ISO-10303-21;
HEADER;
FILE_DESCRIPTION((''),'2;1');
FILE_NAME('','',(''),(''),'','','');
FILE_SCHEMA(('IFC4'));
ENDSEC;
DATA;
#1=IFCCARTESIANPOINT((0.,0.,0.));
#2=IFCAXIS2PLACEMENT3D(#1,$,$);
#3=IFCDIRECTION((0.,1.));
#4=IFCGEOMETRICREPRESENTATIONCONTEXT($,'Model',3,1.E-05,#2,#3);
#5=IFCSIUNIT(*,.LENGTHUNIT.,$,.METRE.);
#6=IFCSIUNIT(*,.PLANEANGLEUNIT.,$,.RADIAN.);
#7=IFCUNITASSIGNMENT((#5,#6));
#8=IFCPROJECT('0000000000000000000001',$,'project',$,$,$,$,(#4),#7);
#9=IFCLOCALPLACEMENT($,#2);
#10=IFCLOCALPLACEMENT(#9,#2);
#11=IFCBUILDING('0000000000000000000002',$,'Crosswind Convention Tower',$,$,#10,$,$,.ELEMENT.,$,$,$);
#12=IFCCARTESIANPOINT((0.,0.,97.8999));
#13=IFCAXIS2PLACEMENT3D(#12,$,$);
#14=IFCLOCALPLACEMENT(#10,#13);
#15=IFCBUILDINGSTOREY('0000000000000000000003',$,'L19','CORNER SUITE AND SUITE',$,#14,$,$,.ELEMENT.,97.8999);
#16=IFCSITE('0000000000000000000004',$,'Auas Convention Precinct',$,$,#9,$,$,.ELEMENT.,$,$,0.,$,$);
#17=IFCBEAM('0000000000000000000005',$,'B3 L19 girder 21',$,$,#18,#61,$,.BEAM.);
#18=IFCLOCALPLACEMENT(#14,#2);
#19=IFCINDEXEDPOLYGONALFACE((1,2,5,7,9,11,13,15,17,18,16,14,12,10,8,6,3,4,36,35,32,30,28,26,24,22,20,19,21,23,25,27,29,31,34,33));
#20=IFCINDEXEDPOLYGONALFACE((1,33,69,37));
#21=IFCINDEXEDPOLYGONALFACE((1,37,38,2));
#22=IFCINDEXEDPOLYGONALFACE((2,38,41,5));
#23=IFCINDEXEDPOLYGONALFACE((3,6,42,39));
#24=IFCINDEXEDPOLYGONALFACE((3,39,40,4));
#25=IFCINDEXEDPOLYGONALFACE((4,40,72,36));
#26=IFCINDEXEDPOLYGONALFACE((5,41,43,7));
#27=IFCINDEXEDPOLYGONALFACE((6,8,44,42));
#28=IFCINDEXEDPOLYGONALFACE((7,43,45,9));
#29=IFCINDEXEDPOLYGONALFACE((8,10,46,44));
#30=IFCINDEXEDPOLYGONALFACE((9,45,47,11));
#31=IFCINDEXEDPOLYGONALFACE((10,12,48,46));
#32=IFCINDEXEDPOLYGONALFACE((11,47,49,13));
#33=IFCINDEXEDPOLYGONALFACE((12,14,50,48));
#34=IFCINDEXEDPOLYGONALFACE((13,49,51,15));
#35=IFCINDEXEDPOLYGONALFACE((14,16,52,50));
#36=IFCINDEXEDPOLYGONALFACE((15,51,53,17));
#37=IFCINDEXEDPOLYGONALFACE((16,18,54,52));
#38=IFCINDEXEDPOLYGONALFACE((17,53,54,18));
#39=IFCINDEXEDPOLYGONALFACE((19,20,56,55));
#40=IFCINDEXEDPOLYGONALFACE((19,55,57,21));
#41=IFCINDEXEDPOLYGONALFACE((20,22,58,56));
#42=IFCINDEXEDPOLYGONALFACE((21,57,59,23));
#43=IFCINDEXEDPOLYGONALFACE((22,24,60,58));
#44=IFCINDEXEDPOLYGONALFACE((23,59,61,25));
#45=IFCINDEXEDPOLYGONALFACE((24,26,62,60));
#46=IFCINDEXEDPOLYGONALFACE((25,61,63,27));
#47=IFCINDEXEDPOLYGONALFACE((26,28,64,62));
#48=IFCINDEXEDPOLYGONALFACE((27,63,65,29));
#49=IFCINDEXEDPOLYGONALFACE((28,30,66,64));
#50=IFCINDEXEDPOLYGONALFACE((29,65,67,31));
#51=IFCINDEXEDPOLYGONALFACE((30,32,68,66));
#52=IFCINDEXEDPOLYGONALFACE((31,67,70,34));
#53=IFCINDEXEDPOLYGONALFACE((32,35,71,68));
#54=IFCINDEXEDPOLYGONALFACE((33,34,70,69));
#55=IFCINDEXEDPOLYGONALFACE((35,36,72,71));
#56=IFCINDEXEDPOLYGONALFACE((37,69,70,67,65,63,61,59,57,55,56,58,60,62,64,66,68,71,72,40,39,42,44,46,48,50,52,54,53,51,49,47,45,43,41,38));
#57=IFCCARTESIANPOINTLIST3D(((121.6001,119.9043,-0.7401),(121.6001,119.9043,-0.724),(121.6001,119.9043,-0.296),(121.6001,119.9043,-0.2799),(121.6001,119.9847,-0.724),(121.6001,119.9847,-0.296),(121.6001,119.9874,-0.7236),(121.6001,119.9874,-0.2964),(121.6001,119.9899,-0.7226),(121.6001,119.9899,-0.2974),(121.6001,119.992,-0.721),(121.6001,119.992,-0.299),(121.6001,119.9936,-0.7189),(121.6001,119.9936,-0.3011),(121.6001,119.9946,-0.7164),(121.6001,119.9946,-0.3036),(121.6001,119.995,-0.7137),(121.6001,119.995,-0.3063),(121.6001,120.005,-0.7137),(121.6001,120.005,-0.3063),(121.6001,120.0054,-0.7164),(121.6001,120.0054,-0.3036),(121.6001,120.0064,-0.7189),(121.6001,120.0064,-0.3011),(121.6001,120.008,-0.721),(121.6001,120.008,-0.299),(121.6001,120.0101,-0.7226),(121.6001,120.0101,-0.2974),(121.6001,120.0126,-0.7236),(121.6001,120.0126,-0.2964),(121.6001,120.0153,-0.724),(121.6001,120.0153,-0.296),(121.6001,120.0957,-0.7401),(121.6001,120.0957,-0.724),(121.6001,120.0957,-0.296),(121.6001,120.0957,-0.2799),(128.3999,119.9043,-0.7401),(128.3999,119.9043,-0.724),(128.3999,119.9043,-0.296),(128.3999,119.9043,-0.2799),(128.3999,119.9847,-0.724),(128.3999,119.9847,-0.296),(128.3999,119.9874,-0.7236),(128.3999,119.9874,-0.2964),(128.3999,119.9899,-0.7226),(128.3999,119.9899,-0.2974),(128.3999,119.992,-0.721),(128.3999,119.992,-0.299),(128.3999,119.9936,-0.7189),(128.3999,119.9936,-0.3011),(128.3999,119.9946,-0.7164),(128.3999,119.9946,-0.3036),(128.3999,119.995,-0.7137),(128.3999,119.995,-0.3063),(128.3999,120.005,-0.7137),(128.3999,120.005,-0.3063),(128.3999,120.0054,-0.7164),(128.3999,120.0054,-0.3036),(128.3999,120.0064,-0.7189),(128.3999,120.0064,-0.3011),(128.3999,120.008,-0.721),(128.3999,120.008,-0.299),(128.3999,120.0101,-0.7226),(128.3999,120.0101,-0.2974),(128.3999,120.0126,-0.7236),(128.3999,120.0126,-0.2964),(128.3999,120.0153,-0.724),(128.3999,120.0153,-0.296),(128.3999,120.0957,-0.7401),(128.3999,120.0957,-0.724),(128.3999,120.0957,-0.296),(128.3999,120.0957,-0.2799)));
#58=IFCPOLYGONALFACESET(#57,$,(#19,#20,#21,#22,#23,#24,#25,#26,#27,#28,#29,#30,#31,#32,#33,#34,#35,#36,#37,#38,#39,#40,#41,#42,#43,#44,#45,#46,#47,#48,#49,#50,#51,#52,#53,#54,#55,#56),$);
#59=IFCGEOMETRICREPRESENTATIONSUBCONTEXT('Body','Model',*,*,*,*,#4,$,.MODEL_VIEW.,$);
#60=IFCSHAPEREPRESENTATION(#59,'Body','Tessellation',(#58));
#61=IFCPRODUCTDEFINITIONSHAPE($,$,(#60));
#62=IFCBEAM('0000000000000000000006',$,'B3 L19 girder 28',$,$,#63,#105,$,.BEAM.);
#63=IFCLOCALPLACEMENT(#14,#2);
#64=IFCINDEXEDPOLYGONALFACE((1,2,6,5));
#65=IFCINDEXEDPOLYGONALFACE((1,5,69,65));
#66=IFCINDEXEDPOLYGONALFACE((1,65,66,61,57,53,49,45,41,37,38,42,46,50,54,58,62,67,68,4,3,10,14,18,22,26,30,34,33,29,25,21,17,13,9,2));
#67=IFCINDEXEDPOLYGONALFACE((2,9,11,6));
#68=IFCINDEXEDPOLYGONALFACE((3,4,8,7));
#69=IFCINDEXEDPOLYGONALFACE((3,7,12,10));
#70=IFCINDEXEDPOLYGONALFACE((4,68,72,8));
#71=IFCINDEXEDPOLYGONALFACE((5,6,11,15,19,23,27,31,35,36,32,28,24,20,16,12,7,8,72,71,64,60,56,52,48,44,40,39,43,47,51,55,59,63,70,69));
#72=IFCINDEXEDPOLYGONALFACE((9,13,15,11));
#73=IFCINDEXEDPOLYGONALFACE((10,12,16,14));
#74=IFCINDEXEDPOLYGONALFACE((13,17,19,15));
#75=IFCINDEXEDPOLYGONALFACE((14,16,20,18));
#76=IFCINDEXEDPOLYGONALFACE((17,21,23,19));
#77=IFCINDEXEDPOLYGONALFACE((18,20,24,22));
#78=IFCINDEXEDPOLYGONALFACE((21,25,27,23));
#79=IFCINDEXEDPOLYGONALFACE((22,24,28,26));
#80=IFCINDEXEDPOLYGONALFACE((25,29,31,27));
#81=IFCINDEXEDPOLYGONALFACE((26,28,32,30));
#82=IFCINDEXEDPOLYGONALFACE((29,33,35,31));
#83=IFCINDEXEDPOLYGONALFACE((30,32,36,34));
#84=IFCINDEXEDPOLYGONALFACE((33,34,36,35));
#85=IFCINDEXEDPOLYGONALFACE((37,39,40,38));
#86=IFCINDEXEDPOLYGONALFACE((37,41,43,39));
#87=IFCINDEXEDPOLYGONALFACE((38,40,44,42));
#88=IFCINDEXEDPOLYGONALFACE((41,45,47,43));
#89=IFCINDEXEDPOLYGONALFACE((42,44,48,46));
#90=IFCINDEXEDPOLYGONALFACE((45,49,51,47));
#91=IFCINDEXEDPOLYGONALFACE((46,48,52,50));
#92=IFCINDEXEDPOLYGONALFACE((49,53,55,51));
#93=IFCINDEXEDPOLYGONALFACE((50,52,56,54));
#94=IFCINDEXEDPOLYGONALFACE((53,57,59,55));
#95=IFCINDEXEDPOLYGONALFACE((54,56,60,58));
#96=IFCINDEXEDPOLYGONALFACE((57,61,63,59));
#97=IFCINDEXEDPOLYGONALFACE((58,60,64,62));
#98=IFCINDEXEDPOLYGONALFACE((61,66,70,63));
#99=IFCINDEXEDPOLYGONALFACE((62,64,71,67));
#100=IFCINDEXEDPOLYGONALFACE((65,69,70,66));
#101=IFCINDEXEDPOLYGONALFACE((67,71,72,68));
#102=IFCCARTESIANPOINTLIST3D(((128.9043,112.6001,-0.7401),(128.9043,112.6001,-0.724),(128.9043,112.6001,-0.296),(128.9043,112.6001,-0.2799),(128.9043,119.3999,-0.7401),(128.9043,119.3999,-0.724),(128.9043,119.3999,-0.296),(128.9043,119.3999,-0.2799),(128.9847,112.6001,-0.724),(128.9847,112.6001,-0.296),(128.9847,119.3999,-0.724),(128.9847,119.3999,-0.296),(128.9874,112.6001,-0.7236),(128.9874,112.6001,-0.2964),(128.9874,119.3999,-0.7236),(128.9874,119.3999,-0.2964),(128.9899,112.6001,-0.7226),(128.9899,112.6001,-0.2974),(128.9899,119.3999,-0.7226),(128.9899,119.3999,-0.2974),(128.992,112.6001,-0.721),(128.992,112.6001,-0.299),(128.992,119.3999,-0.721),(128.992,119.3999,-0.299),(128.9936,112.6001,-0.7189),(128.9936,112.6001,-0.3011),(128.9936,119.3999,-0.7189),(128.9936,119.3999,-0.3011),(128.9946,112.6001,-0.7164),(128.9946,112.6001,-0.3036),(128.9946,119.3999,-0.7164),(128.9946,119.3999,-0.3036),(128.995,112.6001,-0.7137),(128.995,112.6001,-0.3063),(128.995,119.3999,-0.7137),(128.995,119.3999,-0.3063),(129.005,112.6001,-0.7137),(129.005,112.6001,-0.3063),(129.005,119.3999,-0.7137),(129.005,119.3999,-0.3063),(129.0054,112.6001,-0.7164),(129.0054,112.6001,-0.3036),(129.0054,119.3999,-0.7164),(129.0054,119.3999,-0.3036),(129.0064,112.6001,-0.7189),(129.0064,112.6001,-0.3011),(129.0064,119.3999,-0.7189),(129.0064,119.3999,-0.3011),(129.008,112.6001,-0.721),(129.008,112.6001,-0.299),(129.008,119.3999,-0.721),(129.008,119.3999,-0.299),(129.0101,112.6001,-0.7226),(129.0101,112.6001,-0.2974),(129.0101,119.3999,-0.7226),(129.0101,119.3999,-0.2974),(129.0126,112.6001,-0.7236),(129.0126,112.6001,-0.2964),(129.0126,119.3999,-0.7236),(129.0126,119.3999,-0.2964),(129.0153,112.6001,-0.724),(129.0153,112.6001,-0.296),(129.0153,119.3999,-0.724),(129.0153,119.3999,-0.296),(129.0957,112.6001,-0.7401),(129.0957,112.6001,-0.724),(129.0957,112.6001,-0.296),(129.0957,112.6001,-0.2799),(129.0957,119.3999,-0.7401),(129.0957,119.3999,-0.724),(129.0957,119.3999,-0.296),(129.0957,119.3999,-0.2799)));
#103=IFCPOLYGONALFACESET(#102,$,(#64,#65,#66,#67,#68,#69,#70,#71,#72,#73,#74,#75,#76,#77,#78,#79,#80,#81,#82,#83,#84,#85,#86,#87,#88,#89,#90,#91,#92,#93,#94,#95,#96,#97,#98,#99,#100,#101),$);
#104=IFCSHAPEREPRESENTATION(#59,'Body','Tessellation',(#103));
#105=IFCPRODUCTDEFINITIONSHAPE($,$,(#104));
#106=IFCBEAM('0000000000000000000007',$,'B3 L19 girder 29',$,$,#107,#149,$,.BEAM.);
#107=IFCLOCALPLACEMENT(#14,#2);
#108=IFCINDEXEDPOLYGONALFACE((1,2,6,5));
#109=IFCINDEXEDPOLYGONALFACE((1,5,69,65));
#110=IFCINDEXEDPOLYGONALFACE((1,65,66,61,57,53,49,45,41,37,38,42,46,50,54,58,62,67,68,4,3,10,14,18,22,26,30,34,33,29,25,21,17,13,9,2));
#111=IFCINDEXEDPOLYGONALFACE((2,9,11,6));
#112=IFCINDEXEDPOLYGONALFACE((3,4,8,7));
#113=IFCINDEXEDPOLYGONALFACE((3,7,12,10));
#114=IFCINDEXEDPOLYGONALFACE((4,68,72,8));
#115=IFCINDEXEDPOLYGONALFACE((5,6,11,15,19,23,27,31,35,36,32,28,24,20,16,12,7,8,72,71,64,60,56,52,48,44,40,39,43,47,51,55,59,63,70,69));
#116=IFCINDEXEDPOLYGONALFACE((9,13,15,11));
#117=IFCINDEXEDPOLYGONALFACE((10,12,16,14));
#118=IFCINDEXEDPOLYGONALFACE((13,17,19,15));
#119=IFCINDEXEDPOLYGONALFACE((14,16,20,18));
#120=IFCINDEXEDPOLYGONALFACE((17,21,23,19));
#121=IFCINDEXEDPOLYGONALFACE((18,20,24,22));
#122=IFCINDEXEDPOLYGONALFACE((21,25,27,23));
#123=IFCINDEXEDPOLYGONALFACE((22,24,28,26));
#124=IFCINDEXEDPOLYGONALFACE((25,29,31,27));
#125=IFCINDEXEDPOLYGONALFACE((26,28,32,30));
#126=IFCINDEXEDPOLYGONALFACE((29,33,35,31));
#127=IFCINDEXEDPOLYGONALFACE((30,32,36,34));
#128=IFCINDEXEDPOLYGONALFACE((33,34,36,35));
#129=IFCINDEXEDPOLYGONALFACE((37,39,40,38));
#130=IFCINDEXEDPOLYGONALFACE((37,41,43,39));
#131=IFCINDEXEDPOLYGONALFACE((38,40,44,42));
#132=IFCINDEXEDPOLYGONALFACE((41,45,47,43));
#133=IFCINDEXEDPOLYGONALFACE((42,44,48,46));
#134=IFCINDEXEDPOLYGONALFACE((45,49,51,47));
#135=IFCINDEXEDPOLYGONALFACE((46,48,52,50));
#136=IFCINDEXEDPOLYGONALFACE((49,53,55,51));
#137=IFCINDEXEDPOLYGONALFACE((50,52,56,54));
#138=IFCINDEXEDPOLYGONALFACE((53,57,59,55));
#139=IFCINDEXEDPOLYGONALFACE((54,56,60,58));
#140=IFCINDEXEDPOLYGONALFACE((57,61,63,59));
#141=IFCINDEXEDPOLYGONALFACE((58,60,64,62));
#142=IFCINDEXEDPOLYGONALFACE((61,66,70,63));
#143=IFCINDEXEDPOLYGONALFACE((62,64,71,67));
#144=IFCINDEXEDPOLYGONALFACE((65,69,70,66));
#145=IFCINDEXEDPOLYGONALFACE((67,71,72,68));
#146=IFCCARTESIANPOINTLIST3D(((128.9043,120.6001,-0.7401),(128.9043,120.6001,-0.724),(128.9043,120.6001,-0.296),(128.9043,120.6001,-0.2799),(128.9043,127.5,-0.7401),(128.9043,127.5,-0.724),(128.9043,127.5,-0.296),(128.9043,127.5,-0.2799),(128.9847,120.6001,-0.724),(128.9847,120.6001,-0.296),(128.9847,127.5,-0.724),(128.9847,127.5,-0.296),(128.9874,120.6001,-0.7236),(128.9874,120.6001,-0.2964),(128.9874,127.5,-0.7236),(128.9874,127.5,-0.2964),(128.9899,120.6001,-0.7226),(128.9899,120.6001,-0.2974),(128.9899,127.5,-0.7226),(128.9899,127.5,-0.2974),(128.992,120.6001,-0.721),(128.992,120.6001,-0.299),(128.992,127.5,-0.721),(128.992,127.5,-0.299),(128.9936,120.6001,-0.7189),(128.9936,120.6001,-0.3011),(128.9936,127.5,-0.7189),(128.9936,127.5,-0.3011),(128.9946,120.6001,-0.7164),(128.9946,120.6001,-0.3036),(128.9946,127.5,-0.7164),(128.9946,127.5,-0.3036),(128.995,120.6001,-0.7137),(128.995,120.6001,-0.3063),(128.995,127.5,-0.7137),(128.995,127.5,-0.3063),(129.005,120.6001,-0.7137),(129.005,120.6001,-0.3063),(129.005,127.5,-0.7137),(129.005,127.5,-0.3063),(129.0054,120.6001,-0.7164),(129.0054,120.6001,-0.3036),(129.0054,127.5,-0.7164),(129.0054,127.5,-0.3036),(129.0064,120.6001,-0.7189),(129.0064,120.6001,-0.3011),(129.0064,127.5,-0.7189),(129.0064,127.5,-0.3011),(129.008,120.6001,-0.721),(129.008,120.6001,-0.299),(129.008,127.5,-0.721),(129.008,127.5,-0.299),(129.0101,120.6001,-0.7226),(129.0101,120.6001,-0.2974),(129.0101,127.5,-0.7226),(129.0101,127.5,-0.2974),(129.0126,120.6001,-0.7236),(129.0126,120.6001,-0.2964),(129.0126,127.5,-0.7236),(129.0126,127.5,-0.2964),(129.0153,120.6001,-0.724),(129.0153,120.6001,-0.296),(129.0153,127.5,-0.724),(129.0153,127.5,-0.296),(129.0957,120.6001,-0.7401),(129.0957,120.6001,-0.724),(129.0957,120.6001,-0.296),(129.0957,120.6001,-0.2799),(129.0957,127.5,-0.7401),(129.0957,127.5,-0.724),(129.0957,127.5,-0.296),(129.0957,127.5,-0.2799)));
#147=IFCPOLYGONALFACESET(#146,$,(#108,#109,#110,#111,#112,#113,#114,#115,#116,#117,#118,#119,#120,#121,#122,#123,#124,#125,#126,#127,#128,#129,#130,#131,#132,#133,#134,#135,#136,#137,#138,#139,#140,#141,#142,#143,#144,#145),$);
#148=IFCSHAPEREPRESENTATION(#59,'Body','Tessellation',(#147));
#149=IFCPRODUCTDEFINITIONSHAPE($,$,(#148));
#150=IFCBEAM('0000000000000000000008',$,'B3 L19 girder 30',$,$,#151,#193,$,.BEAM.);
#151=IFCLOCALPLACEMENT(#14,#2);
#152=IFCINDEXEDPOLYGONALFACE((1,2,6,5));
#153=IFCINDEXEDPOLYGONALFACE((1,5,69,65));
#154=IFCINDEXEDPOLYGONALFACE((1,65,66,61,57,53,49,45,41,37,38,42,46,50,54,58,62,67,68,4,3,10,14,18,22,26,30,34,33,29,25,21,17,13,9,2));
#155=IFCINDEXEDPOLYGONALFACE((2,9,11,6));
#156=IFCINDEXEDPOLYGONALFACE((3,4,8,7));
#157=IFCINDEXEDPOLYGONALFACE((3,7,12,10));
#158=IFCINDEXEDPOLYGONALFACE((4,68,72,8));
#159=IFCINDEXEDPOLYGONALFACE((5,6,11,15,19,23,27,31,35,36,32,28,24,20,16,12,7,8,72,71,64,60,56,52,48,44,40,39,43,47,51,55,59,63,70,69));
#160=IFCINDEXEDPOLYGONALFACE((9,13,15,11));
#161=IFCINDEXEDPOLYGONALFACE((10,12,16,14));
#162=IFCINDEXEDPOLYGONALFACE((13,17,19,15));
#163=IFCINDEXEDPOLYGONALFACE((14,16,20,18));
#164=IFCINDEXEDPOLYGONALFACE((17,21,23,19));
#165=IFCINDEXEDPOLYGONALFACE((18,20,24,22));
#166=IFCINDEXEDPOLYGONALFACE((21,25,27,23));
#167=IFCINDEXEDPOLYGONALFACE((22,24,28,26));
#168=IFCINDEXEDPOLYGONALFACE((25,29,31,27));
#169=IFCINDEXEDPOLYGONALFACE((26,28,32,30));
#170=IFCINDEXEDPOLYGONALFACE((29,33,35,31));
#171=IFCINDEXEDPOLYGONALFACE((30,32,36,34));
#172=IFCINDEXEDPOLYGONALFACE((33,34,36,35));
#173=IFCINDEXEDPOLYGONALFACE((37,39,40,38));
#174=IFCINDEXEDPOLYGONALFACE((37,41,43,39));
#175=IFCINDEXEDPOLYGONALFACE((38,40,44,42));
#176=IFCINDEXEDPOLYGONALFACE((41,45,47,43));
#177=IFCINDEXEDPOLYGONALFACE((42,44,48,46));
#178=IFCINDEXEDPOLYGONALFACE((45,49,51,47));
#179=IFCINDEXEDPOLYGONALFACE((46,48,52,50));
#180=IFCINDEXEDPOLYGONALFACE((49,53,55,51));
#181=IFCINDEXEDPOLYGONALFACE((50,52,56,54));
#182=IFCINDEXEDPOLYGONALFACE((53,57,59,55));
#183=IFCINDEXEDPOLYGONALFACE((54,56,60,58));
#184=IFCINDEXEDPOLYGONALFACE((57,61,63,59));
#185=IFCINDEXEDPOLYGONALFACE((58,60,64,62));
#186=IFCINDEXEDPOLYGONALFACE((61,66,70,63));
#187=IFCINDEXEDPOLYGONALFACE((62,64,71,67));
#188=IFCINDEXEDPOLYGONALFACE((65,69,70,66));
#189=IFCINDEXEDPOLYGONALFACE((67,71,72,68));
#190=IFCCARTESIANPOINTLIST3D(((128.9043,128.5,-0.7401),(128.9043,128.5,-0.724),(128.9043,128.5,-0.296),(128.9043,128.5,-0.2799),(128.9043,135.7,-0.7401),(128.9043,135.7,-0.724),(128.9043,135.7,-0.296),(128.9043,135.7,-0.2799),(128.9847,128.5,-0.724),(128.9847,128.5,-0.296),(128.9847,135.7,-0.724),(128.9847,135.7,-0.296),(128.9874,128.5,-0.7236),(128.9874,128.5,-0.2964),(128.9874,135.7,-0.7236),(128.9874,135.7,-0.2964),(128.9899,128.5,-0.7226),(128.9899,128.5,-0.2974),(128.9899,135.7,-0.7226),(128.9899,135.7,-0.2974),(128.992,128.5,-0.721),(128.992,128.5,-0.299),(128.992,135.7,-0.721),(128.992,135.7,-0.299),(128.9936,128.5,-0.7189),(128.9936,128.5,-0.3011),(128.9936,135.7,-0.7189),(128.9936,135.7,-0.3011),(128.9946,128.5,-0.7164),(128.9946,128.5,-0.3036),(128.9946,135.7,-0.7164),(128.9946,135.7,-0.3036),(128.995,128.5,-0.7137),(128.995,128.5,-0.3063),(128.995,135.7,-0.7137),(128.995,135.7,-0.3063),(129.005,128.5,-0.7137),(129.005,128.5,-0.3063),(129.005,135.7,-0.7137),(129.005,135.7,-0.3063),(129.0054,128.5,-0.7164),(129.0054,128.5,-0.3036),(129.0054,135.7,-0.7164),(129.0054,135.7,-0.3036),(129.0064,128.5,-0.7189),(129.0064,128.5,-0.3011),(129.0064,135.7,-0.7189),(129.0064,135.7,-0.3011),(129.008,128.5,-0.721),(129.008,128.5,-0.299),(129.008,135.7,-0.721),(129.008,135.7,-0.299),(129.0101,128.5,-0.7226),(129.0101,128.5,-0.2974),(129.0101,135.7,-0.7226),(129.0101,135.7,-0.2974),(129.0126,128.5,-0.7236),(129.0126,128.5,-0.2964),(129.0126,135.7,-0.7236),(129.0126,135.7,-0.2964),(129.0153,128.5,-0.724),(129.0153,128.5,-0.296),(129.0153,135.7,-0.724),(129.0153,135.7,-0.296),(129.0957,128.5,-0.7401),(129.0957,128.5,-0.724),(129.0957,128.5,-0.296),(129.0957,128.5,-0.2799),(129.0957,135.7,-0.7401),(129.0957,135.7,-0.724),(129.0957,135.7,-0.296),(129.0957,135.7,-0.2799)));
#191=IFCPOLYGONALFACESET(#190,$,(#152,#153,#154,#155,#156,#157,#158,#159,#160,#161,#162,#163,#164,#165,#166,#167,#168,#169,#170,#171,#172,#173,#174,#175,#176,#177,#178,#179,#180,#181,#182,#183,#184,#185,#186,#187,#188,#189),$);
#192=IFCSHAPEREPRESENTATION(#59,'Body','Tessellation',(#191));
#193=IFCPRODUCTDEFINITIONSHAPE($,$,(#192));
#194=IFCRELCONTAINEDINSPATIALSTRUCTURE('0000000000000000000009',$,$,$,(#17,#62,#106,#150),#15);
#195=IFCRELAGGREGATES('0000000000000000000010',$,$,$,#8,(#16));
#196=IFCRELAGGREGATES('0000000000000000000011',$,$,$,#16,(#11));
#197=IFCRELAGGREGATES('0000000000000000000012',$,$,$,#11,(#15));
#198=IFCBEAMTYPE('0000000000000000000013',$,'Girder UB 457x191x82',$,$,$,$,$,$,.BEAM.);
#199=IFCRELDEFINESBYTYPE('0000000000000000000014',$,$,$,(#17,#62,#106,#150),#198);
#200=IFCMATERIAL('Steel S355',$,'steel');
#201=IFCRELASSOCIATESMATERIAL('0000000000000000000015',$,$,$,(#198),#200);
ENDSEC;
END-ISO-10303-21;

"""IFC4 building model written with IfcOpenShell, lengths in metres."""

from ifc_helpers import new_model, si_unit, direction, frame, origin, origin_2d, place, context, subcontext, project, spatial, i_section, extrude, material, material_profile, profile_set, type_object, element, save


model = new_model("IFC4")

# Units and contexts
model_context = context("Model", 3, precision=1e-05, world=origin(), true_north=direction((0.0, 1.0)))
body_context = subcontext(model_context, "Body", "Model", "MODEL_VIEW")
ifc_project = project(units=[si_unit("LENGTHUNIT", "METRE"), si_unit("PLANEANGLEUNIT", "RADIAN")], contexts=[model_context])

# Site, building, storey
site_placement = place(None, origin())
site = spatial("IfcSite", under=ifc_project, at=site_placement, Name="Auas Convention Precinct", CompositionType="ELEMENT", RefElevation=0.0)
building_placement = place(site_placement, origin())
building = spatial("IfcBuilding", under=site, at=building_placement, Name="Crosswind Convention Tower", CompositionType="ELEMENT")
storey_placement = place(building_placement, frame((0.0, 0.0, 97.8999)))
storey = spatial("IfcBuildingStorey", under=building, at=storey_placement, Name="L19", Description="CORNER SUITE AND SUITE", CompositionType="ELEMENT", Elevation=97.8999)

# Beams
ifc_material_1 = material(Name="Steel S355", Category="steel")
ifc_material_profile_1 = material_profile(ifc_material_1, i_section(OverallWidth=0.1914, OverallDepth=0.4602, WebThickness=0.01, FlangeThickness=0.0161, FilletRadius=0.0103, at=origin_2d()), Name="UB 457x191x82")
ifc_profile_set_1 = profile_set([ifc_material_profile_1], Name="Steel S355")
beam_type_1 = type_object("IfcBeamType", Name="Girder UB 457x191x82", PredefinedType="BEAM", material=ifc_profile_set_1)
for number, where, z_axis, x_axis, name in (
    (1, (121.6001, 120.0, -0.51), (1.0, 0.0, 0.0), (0.0, 1.0, 0.0), "B3 L19 girder 21"),
    (2, (129.0, 112.6001, -0.51), (0.0, 1.0, 0.0), (-1.0, 0.0, 0.0), "B3 L19 girder 28"),
):
    element("IfcBeam", number, at=place(storey_placement, frame(where, z_axis=z_axis, x_axis=x_axis)), inside=storey, type_object=beam_type_1, Name=name, PredefinedType="BEAM", context=body_context, shape_type="SweptSolid", body=[
        extrude(i_section(OverallWidth=0.1914, OverallDepth=0.4602, WebThickness=0.01, FlangeThickness=0.0161, FilletRadius=0.0103, at=origin_2d()), origin(), (0.0, 0.0, 1.0), 6.7998),
    ])
beam_1_placement = place(storey_placement, frame((129.0, 120.6001, -0.51), z_axis=(0.0, 1.0, 0.0), x_axis=(-1.0, 0.0, 0.0)))
element("IfcBeam", 3, at=beam_1_placement, inside=storey, type_object=beam_type_1, Name="B3 L19 girder 29", PredefinedType="BEAM", context=body_context, shape_type="SweptSolid", body=[
    extrude(i_section(OverallWidth=0.1914, OverallDepth=0.4602, WebThickness=0.01, FlangeThickness=0.0161, FilletRadius=0.0103, at=origin_2d()), origin(), (0.0, 0.0, 1.0), 6.8999),
])
beam_2_placement = place(storey_placement, frame((129.0, 128.5, -0.51), z_axis=(0.0, 1.0, 0.0), x_axis=(-1.0, 0.0, 0.0)))
element("IfcBeam", 4, at=beam_2_placement, inside=storey, type_object=beam_type_1, Name="B3 L19 girder 30", PredefinedType="BEAM", context=body_context, shape_type="SweptSolid", body=[
    extrude(i_section(OverallWidth=0.1914, OverallDepth=0.4602, WebThickness=0.01, FlangeThickness=0.0161, FilletRadius=0.0103, at=origin_2d()), origin(), (0.0, 0.0, 1.0), 7.2),
])

save(model, "model.ifc")
